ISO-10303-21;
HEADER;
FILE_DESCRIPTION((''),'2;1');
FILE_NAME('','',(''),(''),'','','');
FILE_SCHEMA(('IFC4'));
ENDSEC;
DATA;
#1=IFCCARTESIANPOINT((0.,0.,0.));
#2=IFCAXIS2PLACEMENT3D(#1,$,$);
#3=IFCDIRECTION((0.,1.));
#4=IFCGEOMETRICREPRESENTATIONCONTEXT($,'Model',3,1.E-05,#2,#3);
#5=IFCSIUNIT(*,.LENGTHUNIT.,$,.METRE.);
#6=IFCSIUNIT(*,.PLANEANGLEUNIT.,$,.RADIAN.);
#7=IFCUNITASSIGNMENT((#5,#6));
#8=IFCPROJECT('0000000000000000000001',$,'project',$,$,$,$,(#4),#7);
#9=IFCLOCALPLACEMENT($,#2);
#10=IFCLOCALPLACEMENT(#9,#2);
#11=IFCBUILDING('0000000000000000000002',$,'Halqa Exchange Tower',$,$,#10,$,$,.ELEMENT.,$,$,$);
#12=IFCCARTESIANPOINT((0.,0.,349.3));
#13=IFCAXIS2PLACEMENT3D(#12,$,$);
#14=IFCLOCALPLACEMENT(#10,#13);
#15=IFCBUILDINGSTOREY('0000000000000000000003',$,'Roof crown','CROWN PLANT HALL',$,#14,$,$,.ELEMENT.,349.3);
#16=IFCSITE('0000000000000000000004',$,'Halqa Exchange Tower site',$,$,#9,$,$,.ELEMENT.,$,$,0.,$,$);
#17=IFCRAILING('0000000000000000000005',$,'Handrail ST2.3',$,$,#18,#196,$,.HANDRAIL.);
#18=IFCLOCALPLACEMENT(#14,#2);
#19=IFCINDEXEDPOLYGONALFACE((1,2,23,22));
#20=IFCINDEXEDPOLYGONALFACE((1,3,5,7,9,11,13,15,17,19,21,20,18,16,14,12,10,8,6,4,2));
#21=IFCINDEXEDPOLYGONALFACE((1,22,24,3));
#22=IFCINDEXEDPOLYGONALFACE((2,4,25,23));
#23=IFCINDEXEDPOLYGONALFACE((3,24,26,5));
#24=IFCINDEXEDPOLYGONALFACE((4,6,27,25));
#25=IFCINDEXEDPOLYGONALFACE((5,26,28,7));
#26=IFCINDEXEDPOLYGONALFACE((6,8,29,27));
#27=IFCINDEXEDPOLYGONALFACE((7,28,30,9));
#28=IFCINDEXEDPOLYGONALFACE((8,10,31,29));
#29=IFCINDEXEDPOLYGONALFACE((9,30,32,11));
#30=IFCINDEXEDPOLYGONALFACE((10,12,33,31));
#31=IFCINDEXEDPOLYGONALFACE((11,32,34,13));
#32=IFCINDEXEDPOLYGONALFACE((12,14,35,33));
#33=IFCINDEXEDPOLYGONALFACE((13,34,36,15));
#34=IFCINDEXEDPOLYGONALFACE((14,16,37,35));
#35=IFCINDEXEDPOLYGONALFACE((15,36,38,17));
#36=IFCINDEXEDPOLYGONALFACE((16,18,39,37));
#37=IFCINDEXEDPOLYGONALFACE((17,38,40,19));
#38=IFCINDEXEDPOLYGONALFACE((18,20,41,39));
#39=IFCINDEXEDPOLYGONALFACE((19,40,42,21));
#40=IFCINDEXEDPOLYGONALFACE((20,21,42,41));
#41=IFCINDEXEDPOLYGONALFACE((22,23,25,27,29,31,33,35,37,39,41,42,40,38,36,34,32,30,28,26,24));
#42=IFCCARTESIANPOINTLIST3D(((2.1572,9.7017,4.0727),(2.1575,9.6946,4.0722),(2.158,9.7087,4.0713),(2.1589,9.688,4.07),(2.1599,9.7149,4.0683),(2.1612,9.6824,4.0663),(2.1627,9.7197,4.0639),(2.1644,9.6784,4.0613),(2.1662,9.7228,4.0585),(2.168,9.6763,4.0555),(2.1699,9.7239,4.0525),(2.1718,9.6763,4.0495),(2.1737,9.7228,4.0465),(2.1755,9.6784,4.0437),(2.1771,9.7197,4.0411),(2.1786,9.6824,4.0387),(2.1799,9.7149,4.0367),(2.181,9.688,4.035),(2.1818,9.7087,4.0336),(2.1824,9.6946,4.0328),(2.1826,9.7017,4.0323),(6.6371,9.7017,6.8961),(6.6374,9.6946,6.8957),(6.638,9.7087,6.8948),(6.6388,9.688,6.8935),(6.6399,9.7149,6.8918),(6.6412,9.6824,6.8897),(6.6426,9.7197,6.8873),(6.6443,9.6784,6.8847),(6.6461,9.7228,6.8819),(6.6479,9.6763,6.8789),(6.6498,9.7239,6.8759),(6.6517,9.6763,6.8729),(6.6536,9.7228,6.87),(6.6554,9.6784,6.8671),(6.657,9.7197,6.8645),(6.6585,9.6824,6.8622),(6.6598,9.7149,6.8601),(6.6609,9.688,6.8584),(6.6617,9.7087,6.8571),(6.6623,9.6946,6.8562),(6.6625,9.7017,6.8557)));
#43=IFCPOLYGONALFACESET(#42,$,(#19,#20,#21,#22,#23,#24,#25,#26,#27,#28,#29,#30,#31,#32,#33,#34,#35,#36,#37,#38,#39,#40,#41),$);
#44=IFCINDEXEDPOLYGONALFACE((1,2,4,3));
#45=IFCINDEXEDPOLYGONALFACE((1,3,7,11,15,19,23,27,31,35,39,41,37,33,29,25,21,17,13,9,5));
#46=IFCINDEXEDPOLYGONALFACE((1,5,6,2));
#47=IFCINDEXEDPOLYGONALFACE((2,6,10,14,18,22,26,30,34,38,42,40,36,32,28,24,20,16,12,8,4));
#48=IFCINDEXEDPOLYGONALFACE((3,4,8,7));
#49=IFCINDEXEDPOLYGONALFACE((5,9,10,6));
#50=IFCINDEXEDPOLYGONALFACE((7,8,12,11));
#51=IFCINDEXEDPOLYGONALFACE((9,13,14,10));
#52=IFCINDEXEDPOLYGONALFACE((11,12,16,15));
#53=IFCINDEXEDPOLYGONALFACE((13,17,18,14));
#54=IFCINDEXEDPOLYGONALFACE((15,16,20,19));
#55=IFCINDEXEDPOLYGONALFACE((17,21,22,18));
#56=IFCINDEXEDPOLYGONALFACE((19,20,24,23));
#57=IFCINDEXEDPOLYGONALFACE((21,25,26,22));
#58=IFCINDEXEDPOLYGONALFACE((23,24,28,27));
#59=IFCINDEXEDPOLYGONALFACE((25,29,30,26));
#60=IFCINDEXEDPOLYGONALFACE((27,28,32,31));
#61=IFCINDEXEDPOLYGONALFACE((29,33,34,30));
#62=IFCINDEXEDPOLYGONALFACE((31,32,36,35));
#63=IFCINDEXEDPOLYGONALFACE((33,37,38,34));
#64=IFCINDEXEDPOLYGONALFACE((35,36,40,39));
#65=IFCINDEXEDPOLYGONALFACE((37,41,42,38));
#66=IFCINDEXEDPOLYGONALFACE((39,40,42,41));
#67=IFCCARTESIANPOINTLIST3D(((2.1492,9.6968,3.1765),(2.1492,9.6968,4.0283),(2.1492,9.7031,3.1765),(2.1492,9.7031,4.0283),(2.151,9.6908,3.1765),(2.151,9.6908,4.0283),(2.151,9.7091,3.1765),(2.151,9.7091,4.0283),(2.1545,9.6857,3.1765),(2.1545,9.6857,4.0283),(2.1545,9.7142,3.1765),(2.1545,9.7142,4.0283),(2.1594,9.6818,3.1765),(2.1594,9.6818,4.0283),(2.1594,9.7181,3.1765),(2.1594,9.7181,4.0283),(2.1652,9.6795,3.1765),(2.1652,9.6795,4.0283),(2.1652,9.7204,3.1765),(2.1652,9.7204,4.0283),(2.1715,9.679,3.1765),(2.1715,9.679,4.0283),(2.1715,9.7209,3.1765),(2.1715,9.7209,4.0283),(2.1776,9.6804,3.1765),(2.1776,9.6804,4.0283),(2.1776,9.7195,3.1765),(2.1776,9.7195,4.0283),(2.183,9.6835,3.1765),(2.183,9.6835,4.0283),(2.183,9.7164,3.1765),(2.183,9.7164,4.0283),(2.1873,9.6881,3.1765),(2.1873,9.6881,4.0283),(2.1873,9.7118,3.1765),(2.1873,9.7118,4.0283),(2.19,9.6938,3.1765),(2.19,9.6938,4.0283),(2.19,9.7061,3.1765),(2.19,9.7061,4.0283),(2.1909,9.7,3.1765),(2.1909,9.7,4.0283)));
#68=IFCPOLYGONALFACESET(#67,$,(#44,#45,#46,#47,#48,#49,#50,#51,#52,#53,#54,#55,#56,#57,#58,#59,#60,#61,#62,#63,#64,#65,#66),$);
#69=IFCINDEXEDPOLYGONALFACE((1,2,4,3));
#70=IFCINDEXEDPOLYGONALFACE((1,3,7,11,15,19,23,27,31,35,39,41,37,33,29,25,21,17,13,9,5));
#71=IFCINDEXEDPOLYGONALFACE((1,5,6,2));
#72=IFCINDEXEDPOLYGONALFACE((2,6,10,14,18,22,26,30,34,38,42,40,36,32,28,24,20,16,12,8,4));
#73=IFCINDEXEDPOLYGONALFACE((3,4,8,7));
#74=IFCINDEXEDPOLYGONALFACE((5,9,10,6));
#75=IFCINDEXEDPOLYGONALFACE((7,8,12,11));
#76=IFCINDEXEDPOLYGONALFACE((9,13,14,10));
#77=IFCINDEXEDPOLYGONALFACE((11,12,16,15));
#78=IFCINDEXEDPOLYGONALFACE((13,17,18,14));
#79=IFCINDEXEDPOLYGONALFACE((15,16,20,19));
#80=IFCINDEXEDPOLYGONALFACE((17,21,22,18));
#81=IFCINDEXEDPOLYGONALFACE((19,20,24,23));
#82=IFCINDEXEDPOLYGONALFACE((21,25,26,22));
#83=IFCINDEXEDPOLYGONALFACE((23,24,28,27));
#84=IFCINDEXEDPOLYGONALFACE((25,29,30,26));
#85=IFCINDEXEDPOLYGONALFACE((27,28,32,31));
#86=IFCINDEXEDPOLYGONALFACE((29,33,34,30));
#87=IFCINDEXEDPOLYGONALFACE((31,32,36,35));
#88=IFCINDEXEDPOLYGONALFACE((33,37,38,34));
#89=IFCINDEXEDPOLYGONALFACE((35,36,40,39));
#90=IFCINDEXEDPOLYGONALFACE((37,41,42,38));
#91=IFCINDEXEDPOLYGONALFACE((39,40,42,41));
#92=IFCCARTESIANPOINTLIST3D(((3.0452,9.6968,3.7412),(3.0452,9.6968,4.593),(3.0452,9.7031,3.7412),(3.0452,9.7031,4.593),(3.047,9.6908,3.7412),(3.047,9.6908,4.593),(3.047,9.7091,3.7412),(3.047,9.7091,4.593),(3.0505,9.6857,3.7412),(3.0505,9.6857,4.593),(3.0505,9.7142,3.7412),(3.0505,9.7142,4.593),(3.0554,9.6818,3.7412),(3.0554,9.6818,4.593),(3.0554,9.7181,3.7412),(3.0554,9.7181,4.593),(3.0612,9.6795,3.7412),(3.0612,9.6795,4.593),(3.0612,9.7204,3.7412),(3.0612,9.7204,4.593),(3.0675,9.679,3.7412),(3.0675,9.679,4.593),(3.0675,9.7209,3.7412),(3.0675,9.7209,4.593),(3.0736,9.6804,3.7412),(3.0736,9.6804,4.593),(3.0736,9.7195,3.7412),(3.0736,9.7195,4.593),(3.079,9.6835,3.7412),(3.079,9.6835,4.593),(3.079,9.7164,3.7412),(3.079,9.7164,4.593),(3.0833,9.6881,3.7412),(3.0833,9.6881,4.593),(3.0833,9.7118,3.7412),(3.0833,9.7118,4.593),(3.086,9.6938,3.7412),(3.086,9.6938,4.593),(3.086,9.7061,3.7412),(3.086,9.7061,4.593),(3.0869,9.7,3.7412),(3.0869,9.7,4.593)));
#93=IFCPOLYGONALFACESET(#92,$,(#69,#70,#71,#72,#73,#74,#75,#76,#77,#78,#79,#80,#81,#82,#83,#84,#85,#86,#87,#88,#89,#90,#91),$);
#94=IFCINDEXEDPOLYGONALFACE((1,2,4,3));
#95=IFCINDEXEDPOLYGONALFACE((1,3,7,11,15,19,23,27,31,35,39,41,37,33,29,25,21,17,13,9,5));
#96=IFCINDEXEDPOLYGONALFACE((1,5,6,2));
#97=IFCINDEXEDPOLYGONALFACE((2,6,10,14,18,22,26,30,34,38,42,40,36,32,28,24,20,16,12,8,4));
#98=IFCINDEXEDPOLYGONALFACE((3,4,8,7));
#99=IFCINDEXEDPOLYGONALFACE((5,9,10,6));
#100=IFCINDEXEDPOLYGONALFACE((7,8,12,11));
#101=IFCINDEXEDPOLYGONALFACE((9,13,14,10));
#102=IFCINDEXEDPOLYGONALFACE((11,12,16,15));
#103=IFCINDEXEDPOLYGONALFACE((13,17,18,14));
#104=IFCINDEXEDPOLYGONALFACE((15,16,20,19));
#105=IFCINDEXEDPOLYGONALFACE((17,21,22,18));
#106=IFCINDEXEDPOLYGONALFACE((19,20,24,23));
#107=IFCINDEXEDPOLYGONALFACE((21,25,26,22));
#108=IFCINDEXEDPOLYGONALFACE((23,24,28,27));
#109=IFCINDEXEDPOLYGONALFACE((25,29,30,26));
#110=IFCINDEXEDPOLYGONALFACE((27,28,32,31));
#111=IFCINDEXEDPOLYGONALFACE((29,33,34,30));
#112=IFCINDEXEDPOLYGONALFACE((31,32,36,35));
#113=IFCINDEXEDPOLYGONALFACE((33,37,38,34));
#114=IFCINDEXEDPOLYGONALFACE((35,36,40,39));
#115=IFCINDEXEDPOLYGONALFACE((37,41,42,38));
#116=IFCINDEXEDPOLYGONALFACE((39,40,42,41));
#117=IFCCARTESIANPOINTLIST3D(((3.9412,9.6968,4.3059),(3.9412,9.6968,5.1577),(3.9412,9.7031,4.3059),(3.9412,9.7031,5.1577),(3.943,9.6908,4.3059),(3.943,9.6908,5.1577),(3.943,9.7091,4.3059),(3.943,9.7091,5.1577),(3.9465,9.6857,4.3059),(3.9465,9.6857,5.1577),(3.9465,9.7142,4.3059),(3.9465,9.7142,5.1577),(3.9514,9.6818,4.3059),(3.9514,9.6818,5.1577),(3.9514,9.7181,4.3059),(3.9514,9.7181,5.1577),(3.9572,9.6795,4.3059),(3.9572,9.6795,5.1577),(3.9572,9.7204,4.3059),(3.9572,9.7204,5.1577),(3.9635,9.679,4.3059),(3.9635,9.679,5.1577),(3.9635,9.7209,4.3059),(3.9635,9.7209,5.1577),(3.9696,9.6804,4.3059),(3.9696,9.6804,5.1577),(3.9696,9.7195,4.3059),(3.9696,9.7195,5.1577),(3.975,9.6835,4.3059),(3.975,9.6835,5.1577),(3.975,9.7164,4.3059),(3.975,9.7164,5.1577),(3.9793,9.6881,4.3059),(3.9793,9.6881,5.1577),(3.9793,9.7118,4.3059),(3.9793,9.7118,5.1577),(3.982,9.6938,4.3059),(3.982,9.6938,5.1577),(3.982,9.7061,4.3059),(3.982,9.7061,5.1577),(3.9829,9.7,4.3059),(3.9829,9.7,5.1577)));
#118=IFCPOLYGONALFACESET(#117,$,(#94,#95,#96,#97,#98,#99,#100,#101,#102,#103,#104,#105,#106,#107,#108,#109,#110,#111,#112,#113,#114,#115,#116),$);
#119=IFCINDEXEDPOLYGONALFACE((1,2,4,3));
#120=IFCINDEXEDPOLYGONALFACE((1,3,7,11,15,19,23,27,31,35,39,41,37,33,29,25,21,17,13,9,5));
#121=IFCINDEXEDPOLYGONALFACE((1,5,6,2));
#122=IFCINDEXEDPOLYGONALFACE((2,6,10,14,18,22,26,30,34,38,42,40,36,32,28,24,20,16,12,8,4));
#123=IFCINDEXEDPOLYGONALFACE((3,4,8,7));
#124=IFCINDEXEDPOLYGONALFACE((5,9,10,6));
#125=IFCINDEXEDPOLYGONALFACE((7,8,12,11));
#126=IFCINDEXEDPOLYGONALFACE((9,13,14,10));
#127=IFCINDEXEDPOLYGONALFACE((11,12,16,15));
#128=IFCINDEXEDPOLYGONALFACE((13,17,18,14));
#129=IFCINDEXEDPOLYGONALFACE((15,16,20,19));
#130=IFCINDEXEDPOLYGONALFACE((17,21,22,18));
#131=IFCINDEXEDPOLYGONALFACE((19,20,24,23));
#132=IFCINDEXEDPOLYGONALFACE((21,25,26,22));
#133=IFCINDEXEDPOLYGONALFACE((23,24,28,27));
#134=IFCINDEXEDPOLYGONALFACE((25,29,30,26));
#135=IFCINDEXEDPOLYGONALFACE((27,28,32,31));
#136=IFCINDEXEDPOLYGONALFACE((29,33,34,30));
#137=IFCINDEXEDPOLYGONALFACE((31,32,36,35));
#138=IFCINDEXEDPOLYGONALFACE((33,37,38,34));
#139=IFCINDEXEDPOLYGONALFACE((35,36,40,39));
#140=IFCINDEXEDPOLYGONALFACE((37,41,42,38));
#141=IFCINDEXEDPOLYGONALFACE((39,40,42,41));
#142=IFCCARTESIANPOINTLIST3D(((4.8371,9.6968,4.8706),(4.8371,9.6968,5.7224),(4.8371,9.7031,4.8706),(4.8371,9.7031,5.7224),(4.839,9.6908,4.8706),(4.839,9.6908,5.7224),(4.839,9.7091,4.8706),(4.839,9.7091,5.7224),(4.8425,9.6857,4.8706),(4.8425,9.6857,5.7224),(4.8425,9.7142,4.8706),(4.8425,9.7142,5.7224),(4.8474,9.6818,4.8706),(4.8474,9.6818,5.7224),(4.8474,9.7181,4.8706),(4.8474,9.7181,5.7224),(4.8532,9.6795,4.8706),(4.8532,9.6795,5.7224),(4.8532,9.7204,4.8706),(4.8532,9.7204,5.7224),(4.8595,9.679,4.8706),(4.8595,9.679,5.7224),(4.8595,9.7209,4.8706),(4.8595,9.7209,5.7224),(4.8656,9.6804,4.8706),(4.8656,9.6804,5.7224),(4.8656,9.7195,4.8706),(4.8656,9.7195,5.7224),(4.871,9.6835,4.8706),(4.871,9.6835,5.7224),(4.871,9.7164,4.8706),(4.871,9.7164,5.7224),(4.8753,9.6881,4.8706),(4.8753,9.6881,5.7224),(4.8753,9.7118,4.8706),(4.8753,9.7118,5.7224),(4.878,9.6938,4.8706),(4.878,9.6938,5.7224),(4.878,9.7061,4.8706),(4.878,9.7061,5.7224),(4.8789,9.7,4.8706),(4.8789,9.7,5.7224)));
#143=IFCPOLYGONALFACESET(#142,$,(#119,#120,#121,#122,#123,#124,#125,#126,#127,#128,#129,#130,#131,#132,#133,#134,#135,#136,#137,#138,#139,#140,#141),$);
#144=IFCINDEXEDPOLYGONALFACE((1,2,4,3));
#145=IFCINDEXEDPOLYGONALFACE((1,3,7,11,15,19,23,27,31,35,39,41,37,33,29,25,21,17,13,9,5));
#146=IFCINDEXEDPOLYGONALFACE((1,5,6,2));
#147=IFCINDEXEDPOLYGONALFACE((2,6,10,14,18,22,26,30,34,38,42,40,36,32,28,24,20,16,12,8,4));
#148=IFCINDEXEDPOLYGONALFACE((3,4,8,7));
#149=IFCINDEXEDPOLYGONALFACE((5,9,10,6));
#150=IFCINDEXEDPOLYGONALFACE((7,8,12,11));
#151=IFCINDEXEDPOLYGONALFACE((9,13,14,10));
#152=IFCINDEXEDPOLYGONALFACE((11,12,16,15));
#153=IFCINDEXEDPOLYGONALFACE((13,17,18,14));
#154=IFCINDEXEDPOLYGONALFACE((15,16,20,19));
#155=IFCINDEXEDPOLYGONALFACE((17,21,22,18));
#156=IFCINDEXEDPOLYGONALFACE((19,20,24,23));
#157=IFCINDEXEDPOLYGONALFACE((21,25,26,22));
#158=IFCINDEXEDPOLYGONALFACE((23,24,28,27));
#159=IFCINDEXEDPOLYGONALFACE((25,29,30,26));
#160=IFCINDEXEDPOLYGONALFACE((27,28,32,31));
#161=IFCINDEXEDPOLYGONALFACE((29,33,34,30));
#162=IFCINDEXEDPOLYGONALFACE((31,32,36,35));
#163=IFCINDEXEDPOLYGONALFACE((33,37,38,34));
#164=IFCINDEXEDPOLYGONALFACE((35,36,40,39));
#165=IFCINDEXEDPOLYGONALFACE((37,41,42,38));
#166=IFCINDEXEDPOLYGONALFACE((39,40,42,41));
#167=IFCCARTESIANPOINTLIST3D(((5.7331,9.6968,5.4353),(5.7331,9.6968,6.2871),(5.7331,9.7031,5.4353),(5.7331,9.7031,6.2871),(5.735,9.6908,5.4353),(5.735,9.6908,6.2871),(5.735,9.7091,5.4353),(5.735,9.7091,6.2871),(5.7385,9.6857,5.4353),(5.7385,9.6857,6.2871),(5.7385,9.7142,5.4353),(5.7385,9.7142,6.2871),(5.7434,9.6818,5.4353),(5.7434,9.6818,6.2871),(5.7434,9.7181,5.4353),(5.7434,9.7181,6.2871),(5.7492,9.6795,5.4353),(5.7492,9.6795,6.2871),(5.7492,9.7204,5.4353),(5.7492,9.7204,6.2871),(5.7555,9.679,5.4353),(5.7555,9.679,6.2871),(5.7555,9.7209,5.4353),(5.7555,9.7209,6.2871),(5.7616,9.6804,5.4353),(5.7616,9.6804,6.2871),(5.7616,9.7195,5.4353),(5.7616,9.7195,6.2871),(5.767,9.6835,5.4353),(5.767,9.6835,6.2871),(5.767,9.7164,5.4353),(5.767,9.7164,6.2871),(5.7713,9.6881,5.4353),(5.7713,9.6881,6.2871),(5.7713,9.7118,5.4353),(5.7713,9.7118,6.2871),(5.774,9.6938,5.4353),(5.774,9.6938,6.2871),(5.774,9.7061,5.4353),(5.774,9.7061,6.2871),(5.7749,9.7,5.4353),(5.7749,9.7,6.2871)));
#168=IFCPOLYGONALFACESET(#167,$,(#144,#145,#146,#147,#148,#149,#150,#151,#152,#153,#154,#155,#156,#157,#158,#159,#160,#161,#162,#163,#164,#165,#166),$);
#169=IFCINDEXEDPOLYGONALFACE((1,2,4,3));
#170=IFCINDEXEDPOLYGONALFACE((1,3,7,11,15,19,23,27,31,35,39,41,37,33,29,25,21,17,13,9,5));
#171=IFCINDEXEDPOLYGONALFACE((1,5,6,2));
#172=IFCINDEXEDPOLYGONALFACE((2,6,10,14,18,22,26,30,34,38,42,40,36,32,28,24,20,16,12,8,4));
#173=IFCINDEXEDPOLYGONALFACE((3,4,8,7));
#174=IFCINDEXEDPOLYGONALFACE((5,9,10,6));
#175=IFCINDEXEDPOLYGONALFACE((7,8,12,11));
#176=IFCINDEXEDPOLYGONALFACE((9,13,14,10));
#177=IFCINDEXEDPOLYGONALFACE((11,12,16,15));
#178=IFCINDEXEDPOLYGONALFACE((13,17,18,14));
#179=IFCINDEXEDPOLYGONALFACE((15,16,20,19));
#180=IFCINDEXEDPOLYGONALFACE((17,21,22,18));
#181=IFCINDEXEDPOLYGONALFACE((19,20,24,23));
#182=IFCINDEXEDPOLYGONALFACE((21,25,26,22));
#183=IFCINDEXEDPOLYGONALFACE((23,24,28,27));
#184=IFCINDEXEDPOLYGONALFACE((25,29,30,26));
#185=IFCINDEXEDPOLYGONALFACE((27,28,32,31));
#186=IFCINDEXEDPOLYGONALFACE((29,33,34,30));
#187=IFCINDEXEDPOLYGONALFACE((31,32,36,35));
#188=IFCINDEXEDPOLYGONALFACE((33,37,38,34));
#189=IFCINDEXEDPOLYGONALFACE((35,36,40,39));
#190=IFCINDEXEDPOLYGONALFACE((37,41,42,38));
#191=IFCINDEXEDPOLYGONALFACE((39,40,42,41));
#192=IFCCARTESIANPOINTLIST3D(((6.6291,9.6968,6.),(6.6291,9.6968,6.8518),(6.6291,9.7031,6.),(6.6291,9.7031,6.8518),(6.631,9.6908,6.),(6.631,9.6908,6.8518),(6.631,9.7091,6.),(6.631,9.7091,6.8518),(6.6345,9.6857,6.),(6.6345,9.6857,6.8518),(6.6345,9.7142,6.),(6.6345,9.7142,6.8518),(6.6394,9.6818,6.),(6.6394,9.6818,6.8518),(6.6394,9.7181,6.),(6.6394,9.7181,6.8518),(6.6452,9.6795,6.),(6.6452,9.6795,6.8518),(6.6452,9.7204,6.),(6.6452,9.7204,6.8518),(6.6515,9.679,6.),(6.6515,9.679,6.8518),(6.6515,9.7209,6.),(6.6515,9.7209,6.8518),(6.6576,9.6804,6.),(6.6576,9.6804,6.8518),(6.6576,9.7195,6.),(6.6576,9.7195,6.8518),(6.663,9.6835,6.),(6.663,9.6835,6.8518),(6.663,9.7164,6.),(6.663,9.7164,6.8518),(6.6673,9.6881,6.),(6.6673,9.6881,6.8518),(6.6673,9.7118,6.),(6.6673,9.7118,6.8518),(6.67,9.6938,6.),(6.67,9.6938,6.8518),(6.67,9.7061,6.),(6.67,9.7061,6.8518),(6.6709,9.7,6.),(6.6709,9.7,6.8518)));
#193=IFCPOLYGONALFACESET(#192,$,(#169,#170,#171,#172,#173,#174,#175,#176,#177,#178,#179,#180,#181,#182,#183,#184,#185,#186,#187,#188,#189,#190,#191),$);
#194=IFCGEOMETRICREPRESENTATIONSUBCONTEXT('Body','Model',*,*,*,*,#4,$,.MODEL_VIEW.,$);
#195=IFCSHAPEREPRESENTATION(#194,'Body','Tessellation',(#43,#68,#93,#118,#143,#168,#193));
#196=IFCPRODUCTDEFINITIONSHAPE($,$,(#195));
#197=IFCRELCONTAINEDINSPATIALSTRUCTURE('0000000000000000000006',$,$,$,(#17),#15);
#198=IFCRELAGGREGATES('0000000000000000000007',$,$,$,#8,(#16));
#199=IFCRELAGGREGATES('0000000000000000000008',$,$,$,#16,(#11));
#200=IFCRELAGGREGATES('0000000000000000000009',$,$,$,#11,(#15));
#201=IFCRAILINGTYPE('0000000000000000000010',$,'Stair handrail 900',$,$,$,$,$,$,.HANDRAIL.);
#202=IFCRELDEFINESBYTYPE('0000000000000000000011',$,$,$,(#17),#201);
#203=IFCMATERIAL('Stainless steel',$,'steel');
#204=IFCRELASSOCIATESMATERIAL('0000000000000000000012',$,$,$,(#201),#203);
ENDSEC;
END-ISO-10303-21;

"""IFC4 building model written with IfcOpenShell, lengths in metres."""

from ifc_helpers import new_model, si_unit, direction, frame, origin, origin_2d, place, context, subcontext, project, spatial, circle, extrude, material, type_object, element, save


model = new_model("IFC4")

# Units and contexts
model_context = context("Model", 3, precision=1e-05, world=origin(), true_north=direction((0.0, 1.0)))
body_context = subcontext(model_context, "Body", "Model", "MODEL_VIEW")
ifc_project = project(units=[si_unit("LENGTHUNIT", "METRE"), si_unit("PLANEANGLEUNIT", "RADIAN")], contexts=[model_context])

# Site, building, storey
site_placement = place(None, origin())
site = spatial("IfcSite", under=ifc_project, at=site_placement, Name="Halqa Exchange Tower site", CompositionType="ELEMENT", RefElevation=0.0)
building_placement = place(site_placement, origin())
building = spatial("IfcBuilding", under=site, at=building_placement, Name="Halqa Exchange Tower", CompositionType="ELEMENT")
storey_placement = place(building_placement, frame((0.0, 0.0, 349.3)))
storey = spatial("IfcBuildingStorey", under=building, at=storey_placement, Name="Roof crown", Description="CROWN PLANT HALL", CompositionType="ELEMENT", Elevation=349.3)

# Shared definitions
ifc_material_1 = material(Name="Stainless steel", Category="steel")

# Railing
railing_type_1 = type_object("IfcRailingType", Name="Stair handrail 900", PredefinedType="HANDRAIL", material=ifc_material_1)
railing_1_placement = place(storey_placement, frame((2.1699, 9.7, 3.1765)))
element("IfcRailing", 1, at=railing_1_placement, inside=storey, type_object=railing_type_1, Name="Handrail ST2.3", PredefinedType="HANDRAIL", context=body_context, shape_type="SweptSolid", body=[
    extrude(circle(Radius=0.0239, at=origin_2d()), frame((0.0, 0.0, 0.876), z_axis=(0.845998, 0.0, 0.533186), x_axis=(0.0, 1.0, 0.0)), (0.0, 0.0, 1.0), 5.2954),
    extrude(circle(Radius=0.021, at=origin_2d()), origin(), (0.0, 0.0, 1.0), 0.8518),
    extrude(circle(Radius=0.021, at=origin_2d()), frame((0.896, 0.0, 0.5647)), (0.0, 0.0, 1.0), 0.8518),
    extrude(circle(Radius=0.021, at=origin_2d()), frame((1.792, 0.0, 1.1294)), (0.0, 0.0, 1.0), 0.8518),
    extrude(circle(Radius=0.021, at=origin_2d()), frame((2.688, 0.0, 1.6941)), (0.0, 0.0, 1.0), 0.8518),
    extrude(circle(Radius=0.021, at=origin_2d()), frame((3.584, 0.0, 2.2588)), (0.0, 0.0, 1.0), 0.8518),
    extrude(circle(Radius=0.021, at=origin_2d()), frame((4.48, 0.0, 2.8235)), (0.0, 0.0, 1.0), 0.8518),
])

save(model, "model.ifc")
